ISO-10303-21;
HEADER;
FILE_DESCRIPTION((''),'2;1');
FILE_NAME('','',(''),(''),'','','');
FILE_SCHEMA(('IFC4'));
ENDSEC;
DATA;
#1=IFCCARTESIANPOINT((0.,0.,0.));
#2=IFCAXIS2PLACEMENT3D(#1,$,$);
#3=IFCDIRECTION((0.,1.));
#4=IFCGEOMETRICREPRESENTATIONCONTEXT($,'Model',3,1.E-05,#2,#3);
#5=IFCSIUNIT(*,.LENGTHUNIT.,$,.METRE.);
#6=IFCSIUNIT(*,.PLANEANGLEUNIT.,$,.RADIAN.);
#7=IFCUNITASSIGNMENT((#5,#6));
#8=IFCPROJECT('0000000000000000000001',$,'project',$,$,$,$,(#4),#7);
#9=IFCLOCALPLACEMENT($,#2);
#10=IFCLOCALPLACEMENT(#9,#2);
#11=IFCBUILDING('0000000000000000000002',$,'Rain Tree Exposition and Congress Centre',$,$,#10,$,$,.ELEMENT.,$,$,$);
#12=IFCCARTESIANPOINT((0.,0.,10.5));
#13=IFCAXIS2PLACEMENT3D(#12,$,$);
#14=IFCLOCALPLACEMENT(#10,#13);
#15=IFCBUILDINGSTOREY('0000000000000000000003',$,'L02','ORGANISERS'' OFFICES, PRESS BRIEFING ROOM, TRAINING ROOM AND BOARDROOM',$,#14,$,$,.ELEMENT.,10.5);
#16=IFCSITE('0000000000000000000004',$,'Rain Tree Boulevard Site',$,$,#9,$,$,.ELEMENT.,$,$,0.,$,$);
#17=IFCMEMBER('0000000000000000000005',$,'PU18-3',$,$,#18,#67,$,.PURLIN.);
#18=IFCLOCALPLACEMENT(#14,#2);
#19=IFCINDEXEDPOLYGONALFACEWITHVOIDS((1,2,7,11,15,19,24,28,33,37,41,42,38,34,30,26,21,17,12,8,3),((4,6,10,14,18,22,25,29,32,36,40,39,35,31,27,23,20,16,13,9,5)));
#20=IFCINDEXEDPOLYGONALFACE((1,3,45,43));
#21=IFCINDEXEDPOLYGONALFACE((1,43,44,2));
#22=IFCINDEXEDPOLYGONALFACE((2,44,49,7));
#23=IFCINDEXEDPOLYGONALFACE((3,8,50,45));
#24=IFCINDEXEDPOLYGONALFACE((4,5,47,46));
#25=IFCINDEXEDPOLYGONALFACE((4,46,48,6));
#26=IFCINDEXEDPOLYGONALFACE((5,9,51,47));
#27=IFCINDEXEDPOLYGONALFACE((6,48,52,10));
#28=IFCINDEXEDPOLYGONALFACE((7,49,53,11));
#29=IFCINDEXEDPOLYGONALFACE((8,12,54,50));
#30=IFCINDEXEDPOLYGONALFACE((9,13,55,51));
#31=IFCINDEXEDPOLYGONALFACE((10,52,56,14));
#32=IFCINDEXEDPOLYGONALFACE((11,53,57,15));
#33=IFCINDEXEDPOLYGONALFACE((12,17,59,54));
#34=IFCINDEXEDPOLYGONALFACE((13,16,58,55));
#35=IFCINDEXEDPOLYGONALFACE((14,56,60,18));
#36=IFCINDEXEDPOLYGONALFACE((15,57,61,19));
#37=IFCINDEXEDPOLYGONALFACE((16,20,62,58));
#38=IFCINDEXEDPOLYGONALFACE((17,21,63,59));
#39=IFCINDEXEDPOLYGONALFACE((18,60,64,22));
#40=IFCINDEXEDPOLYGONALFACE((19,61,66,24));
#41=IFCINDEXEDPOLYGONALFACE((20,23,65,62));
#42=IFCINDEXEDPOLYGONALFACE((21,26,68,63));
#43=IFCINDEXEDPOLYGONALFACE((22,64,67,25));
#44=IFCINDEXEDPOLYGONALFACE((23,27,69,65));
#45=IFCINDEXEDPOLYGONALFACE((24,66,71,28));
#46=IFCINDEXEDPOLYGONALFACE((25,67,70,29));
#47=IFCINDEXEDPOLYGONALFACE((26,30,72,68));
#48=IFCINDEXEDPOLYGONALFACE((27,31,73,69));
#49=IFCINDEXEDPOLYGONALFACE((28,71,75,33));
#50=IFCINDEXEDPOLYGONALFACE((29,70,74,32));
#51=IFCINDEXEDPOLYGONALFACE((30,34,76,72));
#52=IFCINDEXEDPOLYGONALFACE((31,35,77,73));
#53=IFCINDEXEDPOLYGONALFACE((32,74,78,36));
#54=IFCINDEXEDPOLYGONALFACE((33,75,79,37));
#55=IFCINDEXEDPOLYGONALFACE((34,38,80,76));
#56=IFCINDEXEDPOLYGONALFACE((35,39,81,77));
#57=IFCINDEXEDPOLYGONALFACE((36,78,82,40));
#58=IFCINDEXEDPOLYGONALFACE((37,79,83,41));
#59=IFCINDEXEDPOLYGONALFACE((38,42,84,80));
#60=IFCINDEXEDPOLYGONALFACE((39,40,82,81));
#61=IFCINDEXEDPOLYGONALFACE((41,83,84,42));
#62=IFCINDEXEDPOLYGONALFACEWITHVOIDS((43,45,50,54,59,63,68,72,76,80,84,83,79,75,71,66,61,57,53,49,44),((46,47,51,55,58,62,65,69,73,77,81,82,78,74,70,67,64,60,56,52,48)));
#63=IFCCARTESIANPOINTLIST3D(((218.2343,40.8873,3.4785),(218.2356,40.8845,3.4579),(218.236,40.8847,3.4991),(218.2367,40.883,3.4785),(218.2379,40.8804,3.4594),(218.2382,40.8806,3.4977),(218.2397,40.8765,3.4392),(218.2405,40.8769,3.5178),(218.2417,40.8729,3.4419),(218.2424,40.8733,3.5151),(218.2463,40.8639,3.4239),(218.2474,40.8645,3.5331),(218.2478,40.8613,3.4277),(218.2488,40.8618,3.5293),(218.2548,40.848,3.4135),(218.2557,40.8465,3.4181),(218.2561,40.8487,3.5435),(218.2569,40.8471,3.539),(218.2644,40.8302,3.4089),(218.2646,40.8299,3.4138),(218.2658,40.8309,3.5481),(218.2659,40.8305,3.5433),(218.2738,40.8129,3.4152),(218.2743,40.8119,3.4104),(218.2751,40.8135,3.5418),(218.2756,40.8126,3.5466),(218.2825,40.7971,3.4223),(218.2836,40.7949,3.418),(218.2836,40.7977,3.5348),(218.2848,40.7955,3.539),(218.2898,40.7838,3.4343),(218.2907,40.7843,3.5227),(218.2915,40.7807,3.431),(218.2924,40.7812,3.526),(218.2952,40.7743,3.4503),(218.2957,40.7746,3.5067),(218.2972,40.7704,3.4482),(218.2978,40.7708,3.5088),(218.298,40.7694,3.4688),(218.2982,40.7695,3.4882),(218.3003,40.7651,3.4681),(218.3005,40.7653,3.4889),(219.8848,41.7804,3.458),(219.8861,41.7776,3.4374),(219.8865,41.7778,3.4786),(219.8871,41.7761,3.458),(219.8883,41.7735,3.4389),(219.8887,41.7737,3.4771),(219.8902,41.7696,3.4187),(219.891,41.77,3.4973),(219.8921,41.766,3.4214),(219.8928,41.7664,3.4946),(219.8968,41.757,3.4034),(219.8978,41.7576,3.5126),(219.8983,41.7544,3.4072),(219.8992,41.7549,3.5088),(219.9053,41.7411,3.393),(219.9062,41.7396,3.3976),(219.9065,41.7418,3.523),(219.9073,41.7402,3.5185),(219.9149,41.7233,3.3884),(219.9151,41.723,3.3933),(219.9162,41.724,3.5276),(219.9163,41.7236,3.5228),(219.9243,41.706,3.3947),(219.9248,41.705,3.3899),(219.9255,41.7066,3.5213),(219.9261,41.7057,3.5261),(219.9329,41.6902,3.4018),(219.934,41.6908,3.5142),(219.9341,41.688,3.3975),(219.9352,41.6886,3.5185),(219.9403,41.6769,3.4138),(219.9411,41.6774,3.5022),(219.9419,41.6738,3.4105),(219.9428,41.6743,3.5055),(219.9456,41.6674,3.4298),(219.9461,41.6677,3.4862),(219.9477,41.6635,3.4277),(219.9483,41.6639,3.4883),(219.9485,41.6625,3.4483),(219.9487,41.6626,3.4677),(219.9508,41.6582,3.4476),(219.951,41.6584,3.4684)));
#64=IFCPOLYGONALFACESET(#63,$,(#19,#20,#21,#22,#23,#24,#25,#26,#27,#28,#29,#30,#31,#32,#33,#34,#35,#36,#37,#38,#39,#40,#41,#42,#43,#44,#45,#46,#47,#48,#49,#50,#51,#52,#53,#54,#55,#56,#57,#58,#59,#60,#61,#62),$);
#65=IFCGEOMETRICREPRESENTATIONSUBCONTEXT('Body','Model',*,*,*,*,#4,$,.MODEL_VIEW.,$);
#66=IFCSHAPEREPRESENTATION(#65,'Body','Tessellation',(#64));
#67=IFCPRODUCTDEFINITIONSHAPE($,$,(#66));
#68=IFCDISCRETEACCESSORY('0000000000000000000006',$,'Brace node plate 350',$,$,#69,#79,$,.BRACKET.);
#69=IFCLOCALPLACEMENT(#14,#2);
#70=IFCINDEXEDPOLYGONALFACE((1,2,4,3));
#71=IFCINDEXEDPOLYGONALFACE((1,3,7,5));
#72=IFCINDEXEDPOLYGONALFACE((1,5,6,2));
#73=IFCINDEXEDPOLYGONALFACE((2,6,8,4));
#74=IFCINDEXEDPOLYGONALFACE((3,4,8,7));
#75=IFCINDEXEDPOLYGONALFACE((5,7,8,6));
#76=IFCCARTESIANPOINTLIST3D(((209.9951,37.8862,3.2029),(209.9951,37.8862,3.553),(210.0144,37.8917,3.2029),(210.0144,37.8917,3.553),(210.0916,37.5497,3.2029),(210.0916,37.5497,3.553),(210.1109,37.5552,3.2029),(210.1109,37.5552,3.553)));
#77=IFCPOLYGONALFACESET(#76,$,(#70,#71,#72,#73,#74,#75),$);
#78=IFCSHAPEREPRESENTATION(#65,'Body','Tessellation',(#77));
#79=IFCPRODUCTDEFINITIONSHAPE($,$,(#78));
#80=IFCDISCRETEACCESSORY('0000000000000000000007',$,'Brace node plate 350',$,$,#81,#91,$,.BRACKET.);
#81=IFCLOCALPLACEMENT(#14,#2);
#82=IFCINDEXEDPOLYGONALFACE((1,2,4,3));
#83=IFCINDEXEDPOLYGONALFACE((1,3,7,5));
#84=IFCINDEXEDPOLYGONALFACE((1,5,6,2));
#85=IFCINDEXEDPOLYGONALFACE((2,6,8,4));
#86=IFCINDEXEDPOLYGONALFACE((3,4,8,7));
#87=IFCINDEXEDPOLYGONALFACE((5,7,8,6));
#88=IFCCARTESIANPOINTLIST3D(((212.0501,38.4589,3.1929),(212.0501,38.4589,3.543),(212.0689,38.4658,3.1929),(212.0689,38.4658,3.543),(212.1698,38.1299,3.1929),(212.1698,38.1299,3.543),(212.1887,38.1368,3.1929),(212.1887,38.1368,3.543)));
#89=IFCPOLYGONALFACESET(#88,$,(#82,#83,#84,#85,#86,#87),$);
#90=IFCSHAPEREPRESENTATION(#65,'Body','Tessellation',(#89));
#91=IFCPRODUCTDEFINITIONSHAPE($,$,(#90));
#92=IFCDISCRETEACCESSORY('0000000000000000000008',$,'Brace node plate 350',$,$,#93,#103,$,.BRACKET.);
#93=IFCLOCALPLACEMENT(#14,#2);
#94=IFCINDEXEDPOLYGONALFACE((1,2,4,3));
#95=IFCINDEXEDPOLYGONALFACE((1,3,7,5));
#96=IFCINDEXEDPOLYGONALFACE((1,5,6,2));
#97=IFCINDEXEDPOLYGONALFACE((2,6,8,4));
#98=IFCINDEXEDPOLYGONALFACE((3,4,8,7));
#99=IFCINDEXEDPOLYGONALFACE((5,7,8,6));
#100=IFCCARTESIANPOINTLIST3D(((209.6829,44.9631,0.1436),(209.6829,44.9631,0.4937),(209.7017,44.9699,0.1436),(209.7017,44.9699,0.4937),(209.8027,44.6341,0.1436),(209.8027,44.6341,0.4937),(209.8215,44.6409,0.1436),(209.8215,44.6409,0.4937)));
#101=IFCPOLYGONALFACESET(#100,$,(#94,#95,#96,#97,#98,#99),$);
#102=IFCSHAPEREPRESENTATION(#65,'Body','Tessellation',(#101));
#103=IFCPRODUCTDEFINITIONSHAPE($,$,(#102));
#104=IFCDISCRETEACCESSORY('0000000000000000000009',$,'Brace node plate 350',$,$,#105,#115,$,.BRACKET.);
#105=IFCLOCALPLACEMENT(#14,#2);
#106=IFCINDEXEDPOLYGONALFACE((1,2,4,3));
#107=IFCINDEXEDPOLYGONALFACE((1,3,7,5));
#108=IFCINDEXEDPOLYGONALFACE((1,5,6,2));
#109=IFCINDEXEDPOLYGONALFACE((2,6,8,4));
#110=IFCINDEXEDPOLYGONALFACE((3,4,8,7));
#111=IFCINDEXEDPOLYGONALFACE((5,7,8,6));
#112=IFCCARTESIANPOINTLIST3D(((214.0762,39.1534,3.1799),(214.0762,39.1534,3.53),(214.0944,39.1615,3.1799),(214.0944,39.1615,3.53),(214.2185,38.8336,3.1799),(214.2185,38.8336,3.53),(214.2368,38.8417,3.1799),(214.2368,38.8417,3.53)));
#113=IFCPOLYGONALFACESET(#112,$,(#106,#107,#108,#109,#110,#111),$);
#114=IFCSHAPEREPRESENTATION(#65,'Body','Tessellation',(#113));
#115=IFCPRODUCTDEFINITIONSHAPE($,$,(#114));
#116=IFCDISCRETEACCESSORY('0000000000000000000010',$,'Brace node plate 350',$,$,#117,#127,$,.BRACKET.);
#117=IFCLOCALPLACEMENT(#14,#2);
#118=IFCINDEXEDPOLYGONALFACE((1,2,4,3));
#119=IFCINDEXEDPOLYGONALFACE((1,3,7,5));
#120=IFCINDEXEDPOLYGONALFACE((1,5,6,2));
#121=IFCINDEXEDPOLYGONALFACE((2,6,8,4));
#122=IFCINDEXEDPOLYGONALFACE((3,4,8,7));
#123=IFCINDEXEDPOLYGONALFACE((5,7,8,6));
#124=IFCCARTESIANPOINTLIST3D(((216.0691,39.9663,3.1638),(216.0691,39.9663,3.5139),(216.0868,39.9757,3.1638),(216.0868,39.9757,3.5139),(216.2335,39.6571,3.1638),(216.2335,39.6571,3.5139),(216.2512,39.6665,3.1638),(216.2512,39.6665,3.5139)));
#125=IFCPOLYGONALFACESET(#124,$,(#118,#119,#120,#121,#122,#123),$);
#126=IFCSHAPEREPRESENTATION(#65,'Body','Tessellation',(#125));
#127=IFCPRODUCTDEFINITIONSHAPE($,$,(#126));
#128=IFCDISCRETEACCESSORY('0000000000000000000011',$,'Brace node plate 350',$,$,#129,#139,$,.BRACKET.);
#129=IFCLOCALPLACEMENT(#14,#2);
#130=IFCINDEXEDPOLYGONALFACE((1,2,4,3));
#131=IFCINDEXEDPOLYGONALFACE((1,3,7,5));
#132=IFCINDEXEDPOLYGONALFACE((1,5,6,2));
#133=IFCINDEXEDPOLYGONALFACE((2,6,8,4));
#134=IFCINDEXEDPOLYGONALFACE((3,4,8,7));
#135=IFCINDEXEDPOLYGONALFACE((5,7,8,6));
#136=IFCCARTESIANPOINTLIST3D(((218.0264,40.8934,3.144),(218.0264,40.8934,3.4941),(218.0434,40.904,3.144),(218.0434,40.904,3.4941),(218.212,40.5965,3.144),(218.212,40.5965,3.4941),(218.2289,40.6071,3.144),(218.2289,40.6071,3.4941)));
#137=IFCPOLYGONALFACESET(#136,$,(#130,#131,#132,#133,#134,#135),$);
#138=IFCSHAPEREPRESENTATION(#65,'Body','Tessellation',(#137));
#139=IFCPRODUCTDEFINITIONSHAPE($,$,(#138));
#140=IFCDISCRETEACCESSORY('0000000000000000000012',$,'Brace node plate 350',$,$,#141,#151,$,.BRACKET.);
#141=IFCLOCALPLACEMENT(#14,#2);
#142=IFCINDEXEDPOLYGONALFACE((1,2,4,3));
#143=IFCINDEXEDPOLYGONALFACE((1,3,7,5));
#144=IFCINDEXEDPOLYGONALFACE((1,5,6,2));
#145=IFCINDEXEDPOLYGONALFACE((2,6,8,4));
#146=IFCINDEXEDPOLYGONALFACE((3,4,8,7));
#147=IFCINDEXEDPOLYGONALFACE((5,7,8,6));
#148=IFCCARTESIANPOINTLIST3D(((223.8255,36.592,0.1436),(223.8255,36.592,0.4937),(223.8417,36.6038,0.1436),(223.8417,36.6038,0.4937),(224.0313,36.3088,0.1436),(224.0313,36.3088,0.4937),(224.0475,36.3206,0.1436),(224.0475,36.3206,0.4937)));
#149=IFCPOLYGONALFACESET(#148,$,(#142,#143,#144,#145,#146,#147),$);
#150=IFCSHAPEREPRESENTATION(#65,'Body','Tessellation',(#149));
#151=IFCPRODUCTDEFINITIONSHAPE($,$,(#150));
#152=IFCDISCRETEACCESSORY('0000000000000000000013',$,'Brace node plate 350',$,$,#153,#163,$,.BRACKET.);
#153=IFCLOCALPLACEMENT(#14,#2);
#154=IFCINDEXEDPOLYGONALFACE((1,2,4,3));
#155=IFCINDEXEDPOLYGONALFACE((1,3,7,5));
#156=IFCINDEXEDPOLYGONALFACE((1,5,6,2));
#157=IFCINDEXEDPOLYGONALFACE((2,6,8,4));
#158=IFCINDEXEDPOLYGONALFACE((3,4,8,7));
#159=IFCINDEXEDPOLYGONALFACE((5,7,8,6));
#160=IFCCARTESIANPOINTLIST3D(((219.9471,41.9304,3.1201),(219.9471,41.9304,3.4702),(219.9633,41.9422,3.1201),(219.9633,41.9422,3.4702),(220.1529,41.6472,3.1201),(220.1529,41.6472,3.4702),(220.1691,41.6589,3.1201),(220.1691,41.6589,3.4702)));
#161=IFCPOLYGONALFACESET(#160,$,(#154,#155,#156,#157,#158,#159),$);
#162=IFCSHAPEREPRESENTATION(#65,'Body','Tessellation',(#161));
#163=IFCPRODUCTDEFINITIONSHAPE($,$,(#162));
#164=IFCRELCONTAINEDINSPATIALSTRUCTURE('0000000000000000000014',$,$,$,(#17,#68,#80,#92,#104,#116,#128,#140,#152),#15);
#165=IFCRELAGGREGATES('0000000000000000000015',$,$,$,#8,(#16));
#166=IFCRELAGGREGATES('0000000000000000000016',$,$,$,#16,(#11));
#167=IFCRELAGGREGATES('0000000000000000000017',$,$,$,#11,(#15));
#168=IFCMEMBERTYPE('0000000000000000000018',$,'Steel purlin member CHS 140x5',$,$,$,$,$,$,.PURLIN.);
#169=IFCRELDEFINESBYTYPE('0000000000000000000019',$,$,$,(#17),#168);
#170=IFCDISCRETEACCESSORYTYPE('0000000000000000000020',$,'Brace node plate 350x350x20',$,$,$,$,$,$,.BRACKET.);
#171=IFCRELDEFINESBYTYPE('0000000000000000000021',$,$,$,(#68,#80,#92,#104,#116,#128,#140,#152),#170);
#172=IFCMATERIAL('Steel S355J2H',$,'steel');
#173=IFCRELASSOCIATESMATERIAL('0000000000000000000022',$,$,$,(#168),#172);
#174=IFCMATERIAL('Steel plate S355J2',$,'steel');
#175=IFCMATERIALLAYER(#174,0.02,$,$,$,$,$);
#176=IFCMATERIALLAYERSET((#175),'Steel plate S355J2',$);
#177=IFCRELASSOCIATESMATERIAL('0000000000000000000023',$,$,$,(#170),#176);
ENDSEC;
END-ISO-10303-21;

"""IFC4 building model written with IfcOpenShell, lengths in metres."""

from ifc_helpers import new_model, si_unit, direction, frame, origin, origin_2d, place, context, subcontext, project, spatial, rectangle, hollow_circle, extrude, material, layer, layer_set, material_profile, profile_set, type_object, element, save


model = new_model("IFC4")

# Units and contexts
model_context = context("Model", 3, precision=1e-05, world=origin(), true_north=direction((0.0, 1.0)))
body_context = subcontext(model_context, "Body", "Model", "MODEL_VIEW")
ifc_project = project(units=[si_unit("LENGTHUNIT", "METRE"), si_unit("PLANEANGLEUNIT", "RADIAN")], contexts=[model_context])

# Site, building, storey
site_placement = place(None, origin())
site = spatial("IfcSite", under=ifc_project, at=site_placement, Name="Rain Tree Boulevard Site", CompositionType="ELEMENT", RefElevation=0.0)
building_placement = place(site_placement, origin())
building = spatial("IfcBuilding", under=site, at=building_placement, Name="Rain Tree Exposition and Congress Centre", CompositionType="ELEMENT")
storey_placement = place(building_placement, frame((0.0, 0.0, 10.5)))
storey = spatial("IfcBuildingStorey", under=building, at=storey_placement, Name="L02", Description="ORGANISERS' OFFICES, PRESS BRIEFING ROOM, TRAINING ROOM AND BOARDROOM", CompositionType="ELEMENT", Elevation=10.5)

# Member
ifc_material_1 = material(Name="Steel S355J2H", Category="steel")
ifc_material_profile_1 = material_profile(ifc_material_1, hollow_circle(Radius=0.0698, WallThickness=0.0049, at=origin_2d()), Name="CHS 140x5")
ifc_profile_set_1 = profile_set([ifc_material_profile_1], Name="Steel S355J2H")
member_type_1 = type_object("IfcMemberType", Name="Steel purlin member CHS 140x5", PredefinedType="PURLIN", material=ifc_profile_set_1)
member_1_placement = place(storey_placement, frame((218.2676, 40.8259, 3.4785), z_axis=(0.879439, 0.475886, -0.010928), x_axis=(-0.475914, 0.879492, 0.0)))
element("IfcMember", 1, at=member_1_placement, inside=storey, type_object=member_type_1, Name="PU18-3", PredefinedType="PURLIN", context=body_context, shape_type="SweptSolid", body=[
    extrude(hollow_circle(Radius=0.0698, WallThickness=0.0049, at=origin_2d()), origin(), (0.0, 0.0, 1.0), 1.8767),
])

# Discrete accessories
ifc_material_2 = material(Name="Steel plate S355J2", Category="steel")
ifc_layer = layer(ifc_material_2, 0.02)
ifc_layer_set = layer_set([ifc_layer], Name="Steel plate S355J2")
discrete_accessory_type = type_object("IfcDiscreteAccessoryType", Name="Brace node plate 350x350x20", PredefinedType="BRACKET", material=ifc_layer_set)
for number, where, z_axis, x_axis, name in (
    (2, (210.053, 37.7207, 3.2029), (0.0, 0.0, 1.0), (-0.275637, 0.961262, 0.0), "Brace node plate 350"),
    (3, (212.1194, 38.2979, 3.1929), (0.0, 0.0, 1.0), (-0.34202, 0.939693, 0.0), "Brace node plate 350"),
    (4, (209.7522, 44.802, 0.1436), (0.0, 0.0, 1.0), (0.34202, -0.939693, 0.0), "Brace node plate 350"),
    (5, (214.1565, 38.9976, 3.1799), (0.0, 0.0, 1.0), (-0.406737, 0.913545, 0.0), "Brace node plate 350"),
    (6, (216.1602, 39.8164, 3.1638), (0.0, 0.0, 1.0), (-0.469472, 0.882948, 0.0), "Brace node plate 350"),
    (7, (218.1277, 40.7502, 3.144), (0.0, 0.0, 1.0), (-0.529919, 0.848048, 0.0), "Brace node plate 350"),
    (8, (223.9365, 36.4563, 0.1436), (0.0, 0.0, 1.0), (0.587785, -0.809017, 0.0), "Brace node plate 350"),
    (9, (220.0581, 41.7947, 3.1201), (0.0, 0.0, 1.0), (-0.587785, 0.809017, 0.0), "Brace node plate 350"),
):
    element("IfcDiscreteAccessory", number, at=place(storey_placement, frame(where, z_axis=z_axis, x_axis=x_axis)), inside=storey, type_object=discrete_accessory_type, Name=name, PredefinedType="BRACKET", context=body_context, shape_type="SweptSolid", body=[
        extrude(rectangle(XDim=0.3501, YDim=0.02, at=origin_2d()), origin(), (0.0, 0.0, 1.0), 0.3501),
    ])

save(model, "model.ifc")
